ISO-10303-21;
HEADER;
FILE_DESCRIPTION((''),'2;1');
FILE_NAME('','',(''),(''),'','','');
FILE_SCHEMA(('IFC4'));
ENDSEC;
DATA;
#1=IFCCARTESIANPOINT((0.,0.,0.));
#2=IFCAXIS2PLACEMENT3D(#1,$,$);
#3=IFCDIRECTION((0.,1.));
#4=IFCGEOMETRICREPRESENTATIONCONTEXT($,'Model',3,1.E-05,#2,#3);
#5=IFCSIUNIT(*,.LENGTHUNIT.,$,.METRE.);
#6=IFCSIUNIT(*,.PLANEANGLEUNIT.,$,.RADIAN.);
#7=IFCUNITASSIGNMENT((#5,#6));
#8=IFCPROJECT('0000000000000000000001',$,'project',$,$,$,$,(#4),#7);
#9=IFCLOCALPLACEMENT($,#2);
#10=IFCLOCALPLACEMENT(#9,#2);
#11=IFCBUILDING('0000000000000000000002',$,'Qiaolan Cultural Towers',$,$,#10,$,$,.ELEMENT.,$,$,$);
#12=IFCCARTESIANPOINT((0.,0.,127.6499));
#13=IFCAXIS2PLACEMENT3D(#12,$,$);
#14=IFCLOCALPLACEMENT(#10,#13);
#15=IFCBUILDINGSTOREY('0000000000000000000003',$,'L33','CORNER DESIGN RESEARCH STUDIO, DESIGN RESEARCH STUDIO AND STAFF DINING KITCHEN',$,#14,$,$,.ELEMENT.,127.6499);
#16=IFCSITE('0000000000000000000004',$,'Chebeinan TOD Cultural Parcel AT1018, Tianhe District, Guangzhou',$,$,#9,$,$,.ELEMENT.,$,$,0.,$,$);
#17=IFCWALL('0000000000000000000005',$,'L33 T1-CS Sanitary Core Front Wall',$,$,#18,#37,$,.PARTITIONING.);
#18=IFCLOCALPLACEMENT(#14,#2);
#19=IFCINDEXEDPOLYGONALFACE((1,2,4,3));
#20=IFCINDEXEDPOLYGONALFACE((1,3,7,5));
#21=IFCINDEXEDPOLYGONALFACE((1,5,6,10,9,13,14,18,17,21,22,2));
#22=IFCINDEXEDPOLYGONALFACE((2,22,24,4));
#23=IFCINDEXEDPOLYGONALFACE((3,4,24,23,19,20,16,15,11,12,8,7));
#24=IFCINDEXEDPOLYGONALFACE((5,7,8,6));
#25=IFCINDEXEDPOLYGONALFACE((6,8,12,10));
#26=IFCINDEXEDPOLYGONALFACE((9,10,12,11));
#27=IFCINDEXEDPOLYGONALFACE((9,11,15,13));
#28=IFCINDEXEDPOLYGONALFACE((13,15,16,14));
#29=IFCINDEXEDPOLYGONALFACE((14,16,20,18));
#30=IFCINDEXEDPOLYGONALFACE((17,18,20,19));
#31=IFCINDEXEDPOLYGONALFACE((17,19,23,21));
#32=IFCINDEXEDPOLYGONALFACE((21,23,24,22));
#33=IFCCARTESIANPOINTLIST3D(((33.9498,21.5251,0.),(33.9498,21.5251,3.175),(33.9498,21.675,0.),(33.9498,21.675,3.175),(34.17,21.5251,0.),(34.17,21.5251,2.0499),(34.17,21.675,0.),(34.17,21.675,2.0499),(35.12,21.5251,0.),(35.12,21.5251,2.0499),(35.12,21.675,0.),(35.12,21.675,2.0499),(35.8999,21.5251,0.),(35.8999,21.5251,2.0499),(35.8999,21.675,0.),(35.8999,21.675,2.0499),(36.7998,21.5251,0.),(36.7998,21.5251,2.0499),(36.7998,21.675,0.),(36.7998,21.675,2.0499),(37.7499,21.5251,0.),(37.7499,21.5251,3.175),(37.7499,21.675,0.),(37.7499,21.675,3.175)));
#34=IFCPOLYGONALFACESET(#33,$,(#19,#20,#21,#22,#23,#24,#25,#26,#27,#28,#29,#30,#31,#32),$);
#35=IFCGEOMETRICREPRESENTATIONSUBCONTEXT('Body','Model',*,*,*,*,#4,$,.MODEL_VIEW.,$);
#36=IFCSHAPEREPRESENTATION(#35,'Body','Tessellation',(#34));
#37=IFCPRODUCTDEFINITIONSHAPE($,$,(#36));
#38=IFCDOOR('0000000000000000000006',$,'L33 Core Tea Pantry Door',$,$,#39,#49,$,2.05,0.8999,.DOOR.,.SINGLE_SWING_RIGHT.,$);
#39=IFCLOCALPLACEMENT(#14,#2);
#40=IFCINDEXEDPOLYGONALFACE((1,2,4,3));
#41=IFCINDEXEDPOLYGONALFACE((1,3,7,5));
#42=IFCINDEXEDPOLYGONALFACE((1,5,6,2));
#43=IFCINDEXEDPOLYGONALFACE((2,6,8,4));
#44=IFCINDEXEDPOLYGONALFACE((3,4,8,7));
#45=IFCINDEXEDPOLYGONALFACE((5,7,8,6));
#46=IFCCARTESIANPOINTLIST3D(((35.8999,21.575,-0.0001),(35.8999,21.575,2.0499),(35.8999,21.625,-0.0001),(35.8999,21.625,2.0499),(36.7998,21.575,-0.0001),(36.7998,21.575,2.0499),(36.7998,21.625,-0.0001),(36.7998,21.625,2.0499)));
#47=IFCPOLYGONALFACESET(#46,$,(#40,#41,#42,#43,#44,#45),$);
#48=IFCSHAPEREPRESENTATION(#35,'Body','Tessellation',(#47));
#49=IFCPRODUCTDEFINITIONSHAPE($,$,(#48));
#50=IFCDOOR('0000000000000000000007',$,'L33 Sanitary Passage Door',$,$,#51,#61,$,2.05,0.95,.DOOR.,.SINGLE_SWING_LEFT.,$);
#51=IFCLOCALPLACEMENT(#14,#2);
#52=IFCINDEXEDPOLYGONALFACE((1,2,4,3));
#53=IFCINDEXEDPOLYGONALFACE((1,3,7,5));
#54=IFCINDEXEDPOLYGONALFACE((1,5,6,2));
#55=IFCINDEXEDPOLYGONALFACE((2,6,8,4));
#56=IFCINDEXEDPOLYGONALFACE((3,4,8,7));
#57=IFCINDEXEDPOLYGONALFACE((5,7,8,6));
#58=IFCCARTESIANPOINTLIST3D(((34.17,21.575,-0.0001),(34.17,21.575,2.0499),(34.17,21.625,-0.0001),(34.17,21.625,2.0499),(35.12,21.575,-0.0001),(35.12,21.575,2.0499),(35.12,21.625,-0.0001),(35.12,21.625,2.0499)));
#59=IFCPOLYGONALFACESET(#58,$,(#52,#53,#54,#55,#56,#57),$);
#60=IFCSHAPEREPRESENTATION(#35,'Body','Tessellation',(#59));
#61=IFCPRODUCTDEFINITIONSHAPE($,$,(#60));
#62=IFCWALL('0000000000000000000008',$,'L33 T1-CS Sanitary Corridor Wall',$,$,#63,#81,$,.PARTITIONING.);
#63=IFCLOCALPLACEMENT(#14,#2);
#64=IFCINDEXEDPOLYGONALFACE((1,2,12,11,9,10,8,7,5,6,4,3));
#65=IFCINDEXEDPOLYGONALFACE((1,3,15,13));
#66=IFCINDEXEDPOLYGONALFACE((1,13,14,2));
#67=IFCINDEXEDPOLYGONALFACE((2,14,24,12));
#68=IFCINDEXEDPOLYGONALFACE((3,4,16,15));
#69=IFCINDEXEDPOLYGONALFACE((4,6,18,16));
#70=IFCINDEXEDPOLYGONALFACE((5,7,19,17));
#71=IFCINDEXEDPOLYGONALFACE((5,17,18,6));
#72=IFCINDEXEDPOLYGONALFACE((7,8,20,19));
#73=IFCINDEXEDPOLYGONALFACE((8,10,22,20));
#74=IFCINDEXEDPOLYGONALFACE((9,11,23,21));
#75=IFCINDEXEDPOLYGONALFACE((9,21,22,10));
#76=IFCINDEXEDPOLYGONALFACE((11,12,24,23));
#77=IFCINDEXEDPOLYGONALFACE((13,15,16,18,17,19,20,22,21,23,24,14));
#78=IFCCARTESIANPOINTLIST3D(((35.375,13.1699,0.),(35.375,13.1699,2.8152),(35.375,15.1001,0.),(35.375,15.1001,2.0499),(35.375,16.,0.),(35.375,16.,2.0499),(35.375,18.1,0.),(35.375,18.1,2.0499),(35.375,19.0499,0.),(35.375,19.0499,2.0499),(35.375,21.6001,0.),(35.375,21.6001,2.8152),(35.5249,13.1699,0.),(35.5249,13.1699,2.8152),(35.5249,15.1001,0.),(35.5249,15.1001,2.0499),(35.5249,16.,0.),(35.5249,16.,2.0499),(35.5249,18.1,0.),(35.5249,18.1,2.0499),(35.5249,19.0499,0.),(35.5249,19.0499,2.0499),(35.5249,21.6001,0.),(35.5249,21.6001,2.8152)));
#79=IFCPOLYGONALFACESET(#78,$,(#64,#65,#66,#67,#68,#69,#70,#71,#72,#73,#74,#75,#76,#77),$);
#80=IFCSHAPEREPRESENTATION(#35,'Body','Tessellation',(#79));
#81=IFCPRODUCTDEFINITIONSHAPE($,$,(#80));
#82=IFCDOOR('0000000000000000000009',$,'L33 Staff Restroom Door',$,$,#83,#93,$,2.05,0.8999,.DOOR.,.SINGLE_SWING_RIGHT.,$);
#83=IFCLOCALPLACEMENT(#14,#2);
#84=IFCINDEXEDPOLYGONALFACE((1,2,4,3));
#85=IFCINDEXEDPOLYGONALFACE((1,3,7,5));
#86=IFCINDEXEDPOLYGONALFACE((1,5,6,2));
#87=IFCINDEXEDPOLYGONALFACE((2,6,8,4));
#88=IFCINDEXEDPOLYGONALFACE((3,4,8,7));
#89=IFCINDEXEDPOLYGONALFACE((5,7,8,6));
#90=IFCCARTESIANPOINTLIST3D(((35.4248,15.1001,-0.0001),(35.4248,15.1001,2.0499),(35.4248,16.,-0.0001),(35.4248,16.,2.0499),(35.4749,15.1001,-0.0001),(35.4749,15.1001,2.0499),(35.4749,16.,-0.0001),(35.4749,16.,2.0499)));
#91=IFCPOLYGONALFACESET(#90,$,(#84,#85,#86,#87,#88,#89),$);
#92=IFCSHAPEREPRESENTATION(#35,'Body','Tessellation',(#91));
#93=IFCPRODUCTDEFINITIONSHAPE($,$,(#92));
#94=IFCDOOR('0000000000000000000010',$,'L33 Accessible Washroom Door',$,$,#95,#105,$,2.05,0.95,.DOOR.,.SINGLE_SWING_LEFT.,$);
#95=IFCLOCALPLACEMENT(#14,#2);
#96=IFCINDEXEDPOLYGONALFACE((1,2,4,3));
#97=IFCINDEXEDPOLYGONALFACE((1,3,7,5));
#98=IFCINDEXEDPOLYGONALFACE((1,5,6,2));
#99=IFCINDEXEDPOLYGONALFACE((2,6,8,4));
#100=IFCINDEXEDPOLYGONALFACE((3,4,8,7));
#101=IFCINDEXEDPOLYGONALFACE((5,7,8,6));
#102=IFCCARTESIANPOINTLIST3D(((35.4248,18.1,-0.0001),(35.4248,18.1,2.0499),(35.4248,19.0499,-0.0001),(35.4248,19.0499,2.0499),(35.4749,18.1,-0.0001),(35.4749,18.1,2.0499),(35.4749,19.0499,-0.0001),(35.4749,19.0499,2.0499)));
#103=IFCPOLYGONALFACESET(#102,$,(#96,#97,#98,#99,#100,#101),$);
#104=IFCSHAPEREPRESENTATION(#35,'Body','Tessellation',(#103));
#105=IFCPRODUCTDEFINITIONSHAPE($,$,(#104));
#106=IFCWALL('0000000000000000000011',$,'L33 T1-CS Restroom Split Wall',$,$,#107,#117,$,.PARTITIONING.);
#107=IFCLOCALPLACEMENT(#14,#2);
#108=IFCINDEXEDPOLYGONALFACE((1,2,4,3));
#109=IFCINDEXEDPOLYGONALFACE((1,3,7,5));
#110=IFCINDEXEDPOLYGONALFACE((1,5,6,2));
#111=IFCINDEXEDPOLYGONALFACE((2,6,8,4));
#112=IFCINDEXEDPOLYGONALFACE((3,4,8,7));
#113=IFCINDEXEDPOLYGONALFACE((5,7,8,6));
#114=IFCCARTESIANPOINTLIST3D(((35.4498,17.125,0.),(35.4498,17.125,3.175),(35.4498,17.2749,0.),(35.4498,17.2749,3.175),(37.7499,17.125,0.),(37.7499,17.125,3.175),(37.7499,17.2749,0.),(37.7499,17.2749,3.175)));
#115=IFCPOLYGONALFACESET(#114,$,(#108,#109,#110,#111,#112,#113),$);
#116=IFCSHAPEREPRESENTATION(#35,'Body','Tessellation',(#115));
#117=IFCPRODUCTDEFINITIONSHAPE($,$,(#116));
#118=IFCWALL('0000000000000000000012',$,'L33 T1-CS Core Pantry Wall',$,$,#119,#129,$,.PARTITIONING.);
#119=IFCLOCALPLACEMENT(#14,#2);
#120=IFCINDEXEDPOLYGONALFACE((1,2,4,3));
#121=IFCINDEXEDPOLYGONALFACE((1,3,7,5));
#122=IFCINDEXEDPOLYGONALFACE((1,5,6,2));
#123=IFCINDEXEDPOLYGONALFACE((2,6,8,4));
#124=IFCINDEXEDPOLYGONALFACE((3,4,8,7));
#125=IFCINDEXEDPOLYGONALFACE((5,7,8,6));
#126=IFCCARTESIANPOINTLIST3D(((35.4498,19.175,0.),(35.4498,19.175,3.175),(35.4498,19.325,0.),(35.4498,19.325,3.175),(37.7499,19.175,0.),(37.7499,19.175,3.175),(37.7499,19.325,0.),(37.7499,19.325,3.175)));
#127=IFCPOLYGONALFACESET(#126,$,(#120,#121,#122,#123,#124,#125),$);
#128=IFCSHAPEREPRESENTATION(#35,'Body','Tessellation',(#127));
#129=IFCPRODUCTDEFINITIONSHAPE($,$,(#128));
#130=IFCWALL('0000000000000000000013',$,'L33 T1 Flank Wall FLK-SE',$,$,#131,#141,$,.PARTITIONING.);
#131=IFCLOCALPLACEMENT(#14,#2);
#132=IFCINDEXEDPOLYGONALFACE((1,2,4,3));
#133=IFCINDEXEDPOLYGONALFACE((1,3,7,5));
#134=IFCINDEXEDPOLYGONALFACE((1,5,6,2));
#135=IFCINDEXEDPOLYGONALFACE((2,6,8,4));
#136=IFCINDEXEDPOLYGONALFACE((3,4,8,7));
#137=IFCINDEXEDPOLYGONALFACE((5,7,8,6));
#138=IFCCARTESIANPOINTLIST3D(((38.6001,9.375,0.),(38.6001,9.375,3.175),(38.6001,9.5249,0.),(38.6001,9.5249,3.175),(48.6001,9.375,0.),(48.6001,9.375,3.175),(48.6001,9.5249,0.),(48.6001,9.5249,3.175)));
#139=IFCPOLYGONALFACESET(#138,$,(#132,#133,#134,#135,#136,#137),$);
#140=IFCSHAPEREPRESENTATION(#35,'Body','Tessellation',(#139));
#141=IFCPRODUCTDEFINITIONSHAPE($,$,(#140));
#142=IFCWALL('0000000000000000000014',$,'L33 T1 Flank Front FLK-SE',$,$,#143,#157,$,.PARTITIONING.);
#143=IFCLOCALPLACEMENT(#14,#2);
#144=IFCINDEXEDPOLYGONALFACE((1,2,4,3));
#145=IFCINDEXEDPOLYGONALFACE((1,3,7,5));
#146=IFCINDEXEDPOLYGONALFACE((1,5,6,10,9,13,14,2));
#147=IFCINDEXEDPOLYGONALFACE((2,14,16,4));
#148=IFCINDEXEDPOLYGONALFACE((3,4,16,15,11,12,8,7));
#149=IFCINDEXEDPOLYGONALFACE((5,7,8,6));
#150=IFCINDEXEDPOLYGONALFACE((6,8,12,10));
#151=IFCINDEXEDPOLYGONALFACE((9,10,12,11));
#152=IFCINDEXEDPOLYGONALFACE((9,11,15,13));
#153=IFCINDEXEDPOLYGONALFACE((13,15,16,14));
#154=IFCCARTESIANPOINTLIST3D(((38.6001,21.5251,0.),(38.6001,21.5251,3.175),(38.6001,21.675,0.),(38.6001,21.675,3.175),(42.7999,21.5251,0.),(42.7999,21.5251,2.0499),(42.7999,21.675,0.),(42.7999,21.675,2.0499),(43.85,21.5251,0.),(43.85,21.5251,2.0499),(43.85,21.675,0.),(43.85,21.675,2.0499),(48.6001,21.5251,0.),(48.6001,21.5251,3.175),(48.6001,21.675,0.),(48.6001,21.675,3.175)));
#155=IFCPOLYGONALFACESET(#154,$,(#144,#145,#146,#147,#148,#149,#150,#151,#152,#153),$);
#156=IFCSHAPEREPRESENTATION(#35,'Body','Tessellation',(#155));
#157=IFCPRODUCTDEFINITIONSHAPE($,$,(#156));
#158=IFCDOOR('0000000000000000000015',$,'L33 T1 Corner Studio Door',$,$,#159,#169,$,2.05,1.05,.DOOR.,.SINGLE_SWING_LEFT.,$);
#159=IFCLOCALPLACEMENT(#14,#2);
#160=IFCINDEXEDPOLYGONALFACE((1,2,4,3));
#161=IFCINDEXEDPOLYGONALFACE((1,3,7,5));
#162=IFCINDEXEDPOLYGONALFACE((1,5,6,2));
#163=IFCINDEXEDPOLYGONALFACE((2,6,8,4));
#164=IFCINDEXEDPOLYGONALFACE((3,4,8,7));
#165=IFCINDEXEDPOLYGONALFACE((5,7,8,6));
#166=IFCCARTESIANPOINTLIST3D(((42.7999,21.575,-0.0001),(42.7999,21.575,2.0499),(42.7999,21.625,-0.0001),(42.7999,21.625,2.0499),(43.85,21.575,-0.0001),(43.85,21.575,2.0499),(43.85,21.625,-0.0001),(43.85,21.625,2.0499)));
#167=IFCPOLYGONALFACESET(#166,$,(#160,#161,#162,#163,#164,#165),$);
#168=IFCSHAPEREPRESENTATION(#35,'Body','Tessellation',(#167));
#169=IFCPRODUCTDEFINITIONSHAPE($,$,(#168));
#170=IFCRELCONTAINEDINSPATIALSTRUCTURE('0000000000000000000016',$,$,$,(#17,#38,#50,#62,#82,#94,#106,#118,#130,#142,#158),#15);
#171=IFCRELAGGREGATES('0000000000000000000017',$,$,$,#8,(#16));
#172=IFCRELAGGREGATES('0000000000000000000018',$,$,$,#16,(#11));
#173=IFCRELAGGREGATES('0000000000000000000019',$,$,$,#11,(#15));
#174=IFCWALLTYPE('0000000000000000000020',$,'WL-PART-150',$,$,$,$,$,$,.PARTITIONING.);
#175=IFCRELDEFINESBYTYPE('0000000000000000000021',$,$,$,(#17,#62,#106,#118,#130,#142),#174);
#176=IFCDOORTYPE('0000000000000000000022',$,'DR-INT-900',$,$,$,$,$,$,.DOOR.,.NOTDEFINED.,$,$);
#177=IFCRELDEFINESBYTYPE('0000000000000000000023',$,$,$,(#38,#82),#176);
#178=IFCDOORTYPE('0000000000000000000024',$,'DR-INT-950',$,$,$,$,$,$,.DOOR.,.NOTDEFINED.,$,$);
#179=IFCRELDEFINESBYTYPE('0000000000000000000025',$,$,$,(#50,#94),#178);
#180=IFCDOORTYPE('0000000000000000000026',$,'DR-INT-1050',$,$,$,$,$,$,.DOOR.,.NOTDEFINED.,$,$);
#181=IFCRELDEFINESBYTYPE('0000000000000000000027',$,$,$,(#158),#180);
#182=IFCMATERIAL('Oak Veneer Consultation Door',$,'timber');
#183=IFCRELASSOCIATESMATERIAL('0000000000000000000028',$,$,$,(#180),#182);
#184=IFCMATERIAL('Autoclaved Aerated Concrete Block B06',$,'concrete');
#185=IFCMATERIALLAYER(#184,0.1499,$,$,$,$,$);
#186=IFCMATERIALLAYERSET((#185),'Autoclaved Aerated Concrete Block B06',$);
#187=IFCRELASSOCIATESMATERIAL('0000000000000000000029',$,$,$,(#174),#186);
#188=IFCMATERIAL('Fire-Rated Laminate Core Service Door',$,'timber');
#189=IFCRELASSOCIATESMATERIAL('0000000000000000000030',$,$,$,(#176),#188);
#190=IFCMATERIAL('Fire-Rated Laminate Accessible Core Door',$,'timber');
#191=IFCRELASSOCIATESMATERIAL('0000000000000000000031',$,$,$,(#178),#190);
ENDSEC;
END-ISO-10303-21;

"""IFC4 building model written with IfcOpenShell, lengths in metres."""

from ifc_helpers import new_model, si_unit, direction, frame, frame_2d, origin, place, context, subcontext, project, spatial, rectangle, extrude, material, layer, layer_set, type_object, element, fill, save


model = new_model("IFC4")

# Units and contexts
model_context = context("Model", 3, precision=1e-05, world=origin(), true_north=direction((0.0, 1.0)))
body_context = subcontext(model_context, "Body", "Model", "MODEL_VIEW")
ifc_project = project(units=[si_unit("LENGTHUNIT", "METRE"), si_unit("PLANEANGLEUNIT", "RADIAN")], contexts=[model_context])

# Site, building, storey
site_placement = place(None, origin())
site = spatial("IfcSite", under=ifc_project, at=site_placement, Name="Chebeinan TOD Cultural Parcel AT1018, Tianhe District, Guangzhou", CompositionType="ELEMENT", RefElevation=0.0)
building_placement = place(site_placement, origin())
building = spatial("IfcBuilding", under=site, at=building_placement, Name="Qiaolan Cultural Towers", CompositionType="ELEMENT")
storey_placement = place(building_placement, frame((0.0, 0.0, 127.6499)))
storey = spatial("IfcBuildingStorey", under=building, at=storey_placement, Name="L33", Description="CORNER DESIGN RESEARCH STUDIO, DESIGN RESEARCH STUDIO AND STAFF DINING KITCHEN", CompositionType="ELEMENT", Elevation=127.6499)

# Walls, openings, doors
ifc_material_1 = material(Name="Oak Veneer Consultation Door", Category="timber")
door_type_1 = type_object("IfcDoorType", Name="DR-INT-1050", OperationType="NOTDEFINED", PredefinedType="DOOR", material=ifc_material_1)
ifc_material_2 = material(Name="Autoclaved Aerated Concrete Block B06", Category="concrete")
ifc_layer_1 = layer(ifc_material_2, 0.1499)
ifc_layer_set_1 = layer_set([ifc_layer_1], Name="Autoclaved Aerated Concrete Block B06")
wall_type_1 = type_object("IfcWallType", Name="WL-PART-150", PredefinedType="PARTITIONING", material=ifc_layer_set_1)
wall_1_placement = place(storey_placement, frame((33.95, 21.6001, 0.0), z_axis=(0.0, 0.0, 1.0), x_axis=(1.0, 0.0, 0.0)))
wall_1 = element("IfcWall", 1, at=wall_1_placement, inside=storey, type_object=wall_type_1, Name="L33 T1-CS Sanitary Core Front Wall", PredefinedType="PARTITIONING", context=body_context, shape_type="SweptSolid", body=[
    extrude(rectangle(XDim=3.8, YDim=0.1499, at=frame_2d((1.8999, 0.0))), origin(), (0.0, 0.0, 1.0), 3.175),
])
opening_1_placement = place(wall_1_placement, frame((0.22, 0.0, 0.0)))
opening_1 = element("IfcOpeningElement", 2, at=opening_1_placement, cuts=wall_1, PredefinedType="OPENING", context=body_context, shape_type="SweptSolid", body=[
    extrude(rectangle(XDim=0.95, YDim=2.05, at=frame_2d((0.4751, 1.0249))), frame((0.0, 0.085, 0.0), z_axis=(0.0, -1.0, 0.0), x_axis=(1.0, 0.0, 0.0)), (0.0, 0.0, 1.0), 0.1699),
])
opening_2_placement = place(wall_1_placement, frame((1.95, 0.0, 0.0)))
opening_2 = element("IfcOpeningElement", 3, at=opening_2_placement, cuts=wall_1, PredefinedType="OPENING", context=body_context, shape_type="SweptSolid", body=[
    extrude(rectangle(XDim=0.8999, YDim=2.05, at=frame_2d((0.45, 1.0249))), frame((0.0, 0.085, 0.0), z_axis=(0.0, -1.0, 0.0), x_axis=(1.0, 0.0, 0.0)), (0.0, 0.0, 1.0), 0.1699),
])
ifc_material_3 = material(Name="Fire-Rated Laminate Core Service Door", Category="timber")
door_type_2 = type_object("IfcDoorType", Name="DR-INT-900", OperationType="NOTDEFINED", PredefinedType="DOOR", material=ifc_material_3)
door_1_placement = place(opening_2_placement, origin())
door_1 = element("IfcDoor", 4, at=door_1_placement, inside=storey, type_object=door_type_2, Name="L33 Core Tea Pantry Door", OperationType="SINGLE_SWING_RIGHT", OverallHeight=2.05, OverallWidth=0.8999, PredefinedType="DOOR", context=body_context, shape_type="SweptSolid", body=[
    extrude(rectangle(XDim=0.8999, YDim=2.05, at=frame_2d((0.45, 1.0249))), frame((0.0, 0.0249, 0.0), z_axis=(0.0, -1.0, 0.0), x_axis=(1.0, 0.0, 0.0)), (0.0, 0.0, 1.0), 0.05),
])
fill(opening_2, door_1)
ifc_material_4 = material(Name="Fire-Rated Laminate Accessible Core Door", Category="timber")
door_type_3 = type_object("IfcDoorType", Name="DR-INT-950", OperationType="NOTDEFINED", PredefinedType="DOOR", material=ifc_material_4)
door_2_placement = place(opening_1_placement, origin())
door_2 = element("IfcDoor", 5, at=door_2_placement, inside=storey, type_object=door_type_3, Name="L33 Sanitary Passage Door", OperationType="SINGLE_SWING_LEFT", OverallHeight=2.05, OverallWidth=0.95, PredefinedType="DOOR", context=body_context, shape_type="SweptSolid", body=[
    extrude(rectangle(XDim=0.95, YDim=2.05, at=frame_2d((0.4751, 1.0249))), frame((0.0, 0.0249, 0.0), z_axis=(0.0, -1.0, 0.0), x_axis=(1.0, 0.0, 0.0)), (0.0, 0.0, 1.0), 0.05),
])
fill(opening_1, door_2)
wall_2_placement = place(storey_placement, frame((35.45, 21.6001, 0.0), z_axis=(0.0, 0.0, 1.0), x_axis=(0.0, -1.0, 0.0)))
wall_2 = element("IfcWall", 6, at=wall_2_placement, inside=storey, type_object=wall_type_1, Name="L33 T1-CS Sanitary Corridor Wall", PredefinedType="PARTITIONING", context=body_context, shape_type="SweptSolid", body=[
    extrude(rectangle(XDim=8.4302, YDim=0.1499, at=frame_2d((4.2151, 0.0))), origin(), (0.0, 0.0, 1.0), 2.8152),
])
opening_3_placement = place(wall_2_placement, frame((2.55, 0.0, 0.0)))
opening_3 = element("IfcOpeningElement", 7, at=opening_3_placement, cuts=wall_2, PredefinedType="OPENING", context=body_context, shape_type="SweptSolid", body=[
    extrude(rectangle(XDim=0.95, YDim=2.05, at=frame_2d((0.4751, 1.0249))), frame((0.0, 0.085, 0.0), z_axis=(0.0, -1.0, 0.0), x_axis=(1.0, 0.0, 0.0)), (0.0, 0.0, 1.0), 0.1699),
])
opening_4_placement = place(wall_2_placement, frame((5.6001, 0.0, 0.0)))
opening_4 = element("IfcOpeningElement", 8, at=opening_4_placement, cuts=wall_2, PredefinedType="OPENING", context=body_context, shape_type="SweptSolid", body=[
    extrude(rectangle(XDim=0.8999, YDim=2.05, at=frame_2d((0.45, 1.0249))), frame((0.0, 0.085, 0.0), z_axis=(0.0, -1.0, 0.0), x_axis=(1.0, 0.0, 0.0)), (0.0, 0.0, 1.0), 0.1699),
])
door_3_placement = place(opening_4_placement, origin())
door_3 = element("IfcDoor", 9, at=door_3_placement, inside=storey, type_object=door_type_2, Name="L33 Staff Restroom Door", OperationType="SINGLE_SWING_RIGHT", OverallHeight=2.05, OverallWidth=0.8999, PredefinedType="DOOR", context=body_context, shape_type="SweptSolid", body=[
    extrude(rectangle(XDim=0.8999, YDim=2.05, at=frame_2d((0.45, 1.0249))), frame((0.0, 0.0249, 0.0), z_axis=(0.0, -1.0, 0.0), x_axis=(1.0, 0.0, 0.0)), (0.0, 0.0, 1.0), 0.05),
])
fill(opening_4, door_3)
door_4_placement = place(opening_3_placement, origin())
door_4 = element("IfcDoor", 10, at=door_4_placement, inside=storey, type_object=door_type_3, Name="L33 Accessible Washroom Door", OperationType="SINGLE_SWING_LEFT", OverallHeight=2.05, OverallWidth=0.95, PredefinedType="DOOR", context=body_context, shape_type="SweptSolid", body=[
    extrude(rectangle(XDim=0.95, YDim=2.05, at=frame_2d((0.4751, 1.0249))), frame((0.0, 0.0249, 0.0), z_axis=(0.0, -1.0, 0.0), x_axis=(1.0, 0.0, 0.0)), (0.0, 0.0, 1.0), 0.05),
])
fill(opening_3, door_4)

# Walls
for number, where, z_axis, x_axis, name in (
    (11, (35.45, 17.2, 0.0), (0.0, 0.0, 1.0), (1.0, 0.0, 0.0), "L33 T1-CS Restroom Split Wall"),
    (12, (35.45, 19.25, 0.0), (0.0, 0.0, 1.0), (1.0, 0.0, 0.0), "L33 T1-CS Core Pantry Wall"),
):
    element("IfcWall", number, at=place(storey_placement, frame(where, z_axis=z_axis, x_axis=x_axis)), inside=storey, type_object=wall_type_1, Name=name, PredefinedType="PARTITIONING", context=body_context, shape_type="SweptSolid", body=[
        extrude(rectangle(XDim=2.3, YDim=0.1499, at=frame_2d((1.1499, 0.0))), origin(), (0.0, 0.0, 1.0), 3.175),
    ])
wall_3_placement = place(storey_placement, frame((38.6001, 9.45, 0.0), z_axis=(0.0, 0.0, 1.0), x_axis=(1.0, 0.0, 0.0)))
element("IfcWall", 13, at=wall_3_placement, inside=storey, type_object=wall_type_1, Name="L33 T1 Flank Wall FLK-SE", PredefinedType="PARTITIONING", context=body_context, shape_type="SweptSolid", body=[
    extrude(rectangle(XDim=10.0, YDim=0.1499, at=frame_2d((5.0, 0.0))), origin(), (0.0, 0.0, 1.0), 3.175),
])

# Wall, opening, door
wall_4_placement = place(storey_placement, frame((38.6001, 21.6001, 0.0), z_axis=(0.0, 0.0, 1.0), x_axis=(1.0, 0.0, 0.0)))
wall_4 = element("IfcWall", 14, at=wall_4_placement, inside=storey, type_object=wall_type_1, Name="L33 T1 Flank Front FLK-SE", PredefinedType="PARTITIONING", context=body_context, shape_type="SweptSolid", body=[
    extrude(rectangle(XDim=10.0, YDim=0.1499, at=frame_2d((5.0, 0.0))), origin(), (0.0, 0.0, 1.0), 3.175),
])
opening_5_placement = place(wall_4_placement, frame((4.2, 0.0, 0.0)))
opening_5 = element("IfcOpeningElement", 15, at=opening_5_placement, cuts=wall_4, PredefinedType="OPENING", context=body_context, shape_type="SweptSolid", body=[
    extrude(rectangle(XDim=1.05, YDim=2.05, at=frame_2d((0.5249, 1.0249))), frame((0.0, 0.085, 0.0), z_axis=(0.0, -1.0, 0.0), x_axis=(1.0, 0.0, 0.0)), (0.0, 0.0, 1.0), 0.1699),
])
door_5_placement = place(opening_5_placement, origin())
door_5 = element("IfcDoor", 16, at=door_5_placement, inside=storey, type_object=door_type_1, Name="L33 T1 Corner Studio Door", OperationType="SINGLE_SWING_LEFT", OverallHeight=2.05, OverallWidth=1.05, PredefinedType="DOOR", context=body_context, shape_type="SweptSolid", body=[
    extrude(rectangle(XDim=1.05, YDim=2.05, at=frame_2d((0.5249, 1.0249))), frame((0.0, 0.0249, 0.0), z_axis=(0.0, -1.0, 0.0), x_axis=(1.0, 0.0, 0.0)), (0.0, 0.0, 1.0), 0.05),
])
fill(opening_5, door_5)

save(model, "model.ifc")
